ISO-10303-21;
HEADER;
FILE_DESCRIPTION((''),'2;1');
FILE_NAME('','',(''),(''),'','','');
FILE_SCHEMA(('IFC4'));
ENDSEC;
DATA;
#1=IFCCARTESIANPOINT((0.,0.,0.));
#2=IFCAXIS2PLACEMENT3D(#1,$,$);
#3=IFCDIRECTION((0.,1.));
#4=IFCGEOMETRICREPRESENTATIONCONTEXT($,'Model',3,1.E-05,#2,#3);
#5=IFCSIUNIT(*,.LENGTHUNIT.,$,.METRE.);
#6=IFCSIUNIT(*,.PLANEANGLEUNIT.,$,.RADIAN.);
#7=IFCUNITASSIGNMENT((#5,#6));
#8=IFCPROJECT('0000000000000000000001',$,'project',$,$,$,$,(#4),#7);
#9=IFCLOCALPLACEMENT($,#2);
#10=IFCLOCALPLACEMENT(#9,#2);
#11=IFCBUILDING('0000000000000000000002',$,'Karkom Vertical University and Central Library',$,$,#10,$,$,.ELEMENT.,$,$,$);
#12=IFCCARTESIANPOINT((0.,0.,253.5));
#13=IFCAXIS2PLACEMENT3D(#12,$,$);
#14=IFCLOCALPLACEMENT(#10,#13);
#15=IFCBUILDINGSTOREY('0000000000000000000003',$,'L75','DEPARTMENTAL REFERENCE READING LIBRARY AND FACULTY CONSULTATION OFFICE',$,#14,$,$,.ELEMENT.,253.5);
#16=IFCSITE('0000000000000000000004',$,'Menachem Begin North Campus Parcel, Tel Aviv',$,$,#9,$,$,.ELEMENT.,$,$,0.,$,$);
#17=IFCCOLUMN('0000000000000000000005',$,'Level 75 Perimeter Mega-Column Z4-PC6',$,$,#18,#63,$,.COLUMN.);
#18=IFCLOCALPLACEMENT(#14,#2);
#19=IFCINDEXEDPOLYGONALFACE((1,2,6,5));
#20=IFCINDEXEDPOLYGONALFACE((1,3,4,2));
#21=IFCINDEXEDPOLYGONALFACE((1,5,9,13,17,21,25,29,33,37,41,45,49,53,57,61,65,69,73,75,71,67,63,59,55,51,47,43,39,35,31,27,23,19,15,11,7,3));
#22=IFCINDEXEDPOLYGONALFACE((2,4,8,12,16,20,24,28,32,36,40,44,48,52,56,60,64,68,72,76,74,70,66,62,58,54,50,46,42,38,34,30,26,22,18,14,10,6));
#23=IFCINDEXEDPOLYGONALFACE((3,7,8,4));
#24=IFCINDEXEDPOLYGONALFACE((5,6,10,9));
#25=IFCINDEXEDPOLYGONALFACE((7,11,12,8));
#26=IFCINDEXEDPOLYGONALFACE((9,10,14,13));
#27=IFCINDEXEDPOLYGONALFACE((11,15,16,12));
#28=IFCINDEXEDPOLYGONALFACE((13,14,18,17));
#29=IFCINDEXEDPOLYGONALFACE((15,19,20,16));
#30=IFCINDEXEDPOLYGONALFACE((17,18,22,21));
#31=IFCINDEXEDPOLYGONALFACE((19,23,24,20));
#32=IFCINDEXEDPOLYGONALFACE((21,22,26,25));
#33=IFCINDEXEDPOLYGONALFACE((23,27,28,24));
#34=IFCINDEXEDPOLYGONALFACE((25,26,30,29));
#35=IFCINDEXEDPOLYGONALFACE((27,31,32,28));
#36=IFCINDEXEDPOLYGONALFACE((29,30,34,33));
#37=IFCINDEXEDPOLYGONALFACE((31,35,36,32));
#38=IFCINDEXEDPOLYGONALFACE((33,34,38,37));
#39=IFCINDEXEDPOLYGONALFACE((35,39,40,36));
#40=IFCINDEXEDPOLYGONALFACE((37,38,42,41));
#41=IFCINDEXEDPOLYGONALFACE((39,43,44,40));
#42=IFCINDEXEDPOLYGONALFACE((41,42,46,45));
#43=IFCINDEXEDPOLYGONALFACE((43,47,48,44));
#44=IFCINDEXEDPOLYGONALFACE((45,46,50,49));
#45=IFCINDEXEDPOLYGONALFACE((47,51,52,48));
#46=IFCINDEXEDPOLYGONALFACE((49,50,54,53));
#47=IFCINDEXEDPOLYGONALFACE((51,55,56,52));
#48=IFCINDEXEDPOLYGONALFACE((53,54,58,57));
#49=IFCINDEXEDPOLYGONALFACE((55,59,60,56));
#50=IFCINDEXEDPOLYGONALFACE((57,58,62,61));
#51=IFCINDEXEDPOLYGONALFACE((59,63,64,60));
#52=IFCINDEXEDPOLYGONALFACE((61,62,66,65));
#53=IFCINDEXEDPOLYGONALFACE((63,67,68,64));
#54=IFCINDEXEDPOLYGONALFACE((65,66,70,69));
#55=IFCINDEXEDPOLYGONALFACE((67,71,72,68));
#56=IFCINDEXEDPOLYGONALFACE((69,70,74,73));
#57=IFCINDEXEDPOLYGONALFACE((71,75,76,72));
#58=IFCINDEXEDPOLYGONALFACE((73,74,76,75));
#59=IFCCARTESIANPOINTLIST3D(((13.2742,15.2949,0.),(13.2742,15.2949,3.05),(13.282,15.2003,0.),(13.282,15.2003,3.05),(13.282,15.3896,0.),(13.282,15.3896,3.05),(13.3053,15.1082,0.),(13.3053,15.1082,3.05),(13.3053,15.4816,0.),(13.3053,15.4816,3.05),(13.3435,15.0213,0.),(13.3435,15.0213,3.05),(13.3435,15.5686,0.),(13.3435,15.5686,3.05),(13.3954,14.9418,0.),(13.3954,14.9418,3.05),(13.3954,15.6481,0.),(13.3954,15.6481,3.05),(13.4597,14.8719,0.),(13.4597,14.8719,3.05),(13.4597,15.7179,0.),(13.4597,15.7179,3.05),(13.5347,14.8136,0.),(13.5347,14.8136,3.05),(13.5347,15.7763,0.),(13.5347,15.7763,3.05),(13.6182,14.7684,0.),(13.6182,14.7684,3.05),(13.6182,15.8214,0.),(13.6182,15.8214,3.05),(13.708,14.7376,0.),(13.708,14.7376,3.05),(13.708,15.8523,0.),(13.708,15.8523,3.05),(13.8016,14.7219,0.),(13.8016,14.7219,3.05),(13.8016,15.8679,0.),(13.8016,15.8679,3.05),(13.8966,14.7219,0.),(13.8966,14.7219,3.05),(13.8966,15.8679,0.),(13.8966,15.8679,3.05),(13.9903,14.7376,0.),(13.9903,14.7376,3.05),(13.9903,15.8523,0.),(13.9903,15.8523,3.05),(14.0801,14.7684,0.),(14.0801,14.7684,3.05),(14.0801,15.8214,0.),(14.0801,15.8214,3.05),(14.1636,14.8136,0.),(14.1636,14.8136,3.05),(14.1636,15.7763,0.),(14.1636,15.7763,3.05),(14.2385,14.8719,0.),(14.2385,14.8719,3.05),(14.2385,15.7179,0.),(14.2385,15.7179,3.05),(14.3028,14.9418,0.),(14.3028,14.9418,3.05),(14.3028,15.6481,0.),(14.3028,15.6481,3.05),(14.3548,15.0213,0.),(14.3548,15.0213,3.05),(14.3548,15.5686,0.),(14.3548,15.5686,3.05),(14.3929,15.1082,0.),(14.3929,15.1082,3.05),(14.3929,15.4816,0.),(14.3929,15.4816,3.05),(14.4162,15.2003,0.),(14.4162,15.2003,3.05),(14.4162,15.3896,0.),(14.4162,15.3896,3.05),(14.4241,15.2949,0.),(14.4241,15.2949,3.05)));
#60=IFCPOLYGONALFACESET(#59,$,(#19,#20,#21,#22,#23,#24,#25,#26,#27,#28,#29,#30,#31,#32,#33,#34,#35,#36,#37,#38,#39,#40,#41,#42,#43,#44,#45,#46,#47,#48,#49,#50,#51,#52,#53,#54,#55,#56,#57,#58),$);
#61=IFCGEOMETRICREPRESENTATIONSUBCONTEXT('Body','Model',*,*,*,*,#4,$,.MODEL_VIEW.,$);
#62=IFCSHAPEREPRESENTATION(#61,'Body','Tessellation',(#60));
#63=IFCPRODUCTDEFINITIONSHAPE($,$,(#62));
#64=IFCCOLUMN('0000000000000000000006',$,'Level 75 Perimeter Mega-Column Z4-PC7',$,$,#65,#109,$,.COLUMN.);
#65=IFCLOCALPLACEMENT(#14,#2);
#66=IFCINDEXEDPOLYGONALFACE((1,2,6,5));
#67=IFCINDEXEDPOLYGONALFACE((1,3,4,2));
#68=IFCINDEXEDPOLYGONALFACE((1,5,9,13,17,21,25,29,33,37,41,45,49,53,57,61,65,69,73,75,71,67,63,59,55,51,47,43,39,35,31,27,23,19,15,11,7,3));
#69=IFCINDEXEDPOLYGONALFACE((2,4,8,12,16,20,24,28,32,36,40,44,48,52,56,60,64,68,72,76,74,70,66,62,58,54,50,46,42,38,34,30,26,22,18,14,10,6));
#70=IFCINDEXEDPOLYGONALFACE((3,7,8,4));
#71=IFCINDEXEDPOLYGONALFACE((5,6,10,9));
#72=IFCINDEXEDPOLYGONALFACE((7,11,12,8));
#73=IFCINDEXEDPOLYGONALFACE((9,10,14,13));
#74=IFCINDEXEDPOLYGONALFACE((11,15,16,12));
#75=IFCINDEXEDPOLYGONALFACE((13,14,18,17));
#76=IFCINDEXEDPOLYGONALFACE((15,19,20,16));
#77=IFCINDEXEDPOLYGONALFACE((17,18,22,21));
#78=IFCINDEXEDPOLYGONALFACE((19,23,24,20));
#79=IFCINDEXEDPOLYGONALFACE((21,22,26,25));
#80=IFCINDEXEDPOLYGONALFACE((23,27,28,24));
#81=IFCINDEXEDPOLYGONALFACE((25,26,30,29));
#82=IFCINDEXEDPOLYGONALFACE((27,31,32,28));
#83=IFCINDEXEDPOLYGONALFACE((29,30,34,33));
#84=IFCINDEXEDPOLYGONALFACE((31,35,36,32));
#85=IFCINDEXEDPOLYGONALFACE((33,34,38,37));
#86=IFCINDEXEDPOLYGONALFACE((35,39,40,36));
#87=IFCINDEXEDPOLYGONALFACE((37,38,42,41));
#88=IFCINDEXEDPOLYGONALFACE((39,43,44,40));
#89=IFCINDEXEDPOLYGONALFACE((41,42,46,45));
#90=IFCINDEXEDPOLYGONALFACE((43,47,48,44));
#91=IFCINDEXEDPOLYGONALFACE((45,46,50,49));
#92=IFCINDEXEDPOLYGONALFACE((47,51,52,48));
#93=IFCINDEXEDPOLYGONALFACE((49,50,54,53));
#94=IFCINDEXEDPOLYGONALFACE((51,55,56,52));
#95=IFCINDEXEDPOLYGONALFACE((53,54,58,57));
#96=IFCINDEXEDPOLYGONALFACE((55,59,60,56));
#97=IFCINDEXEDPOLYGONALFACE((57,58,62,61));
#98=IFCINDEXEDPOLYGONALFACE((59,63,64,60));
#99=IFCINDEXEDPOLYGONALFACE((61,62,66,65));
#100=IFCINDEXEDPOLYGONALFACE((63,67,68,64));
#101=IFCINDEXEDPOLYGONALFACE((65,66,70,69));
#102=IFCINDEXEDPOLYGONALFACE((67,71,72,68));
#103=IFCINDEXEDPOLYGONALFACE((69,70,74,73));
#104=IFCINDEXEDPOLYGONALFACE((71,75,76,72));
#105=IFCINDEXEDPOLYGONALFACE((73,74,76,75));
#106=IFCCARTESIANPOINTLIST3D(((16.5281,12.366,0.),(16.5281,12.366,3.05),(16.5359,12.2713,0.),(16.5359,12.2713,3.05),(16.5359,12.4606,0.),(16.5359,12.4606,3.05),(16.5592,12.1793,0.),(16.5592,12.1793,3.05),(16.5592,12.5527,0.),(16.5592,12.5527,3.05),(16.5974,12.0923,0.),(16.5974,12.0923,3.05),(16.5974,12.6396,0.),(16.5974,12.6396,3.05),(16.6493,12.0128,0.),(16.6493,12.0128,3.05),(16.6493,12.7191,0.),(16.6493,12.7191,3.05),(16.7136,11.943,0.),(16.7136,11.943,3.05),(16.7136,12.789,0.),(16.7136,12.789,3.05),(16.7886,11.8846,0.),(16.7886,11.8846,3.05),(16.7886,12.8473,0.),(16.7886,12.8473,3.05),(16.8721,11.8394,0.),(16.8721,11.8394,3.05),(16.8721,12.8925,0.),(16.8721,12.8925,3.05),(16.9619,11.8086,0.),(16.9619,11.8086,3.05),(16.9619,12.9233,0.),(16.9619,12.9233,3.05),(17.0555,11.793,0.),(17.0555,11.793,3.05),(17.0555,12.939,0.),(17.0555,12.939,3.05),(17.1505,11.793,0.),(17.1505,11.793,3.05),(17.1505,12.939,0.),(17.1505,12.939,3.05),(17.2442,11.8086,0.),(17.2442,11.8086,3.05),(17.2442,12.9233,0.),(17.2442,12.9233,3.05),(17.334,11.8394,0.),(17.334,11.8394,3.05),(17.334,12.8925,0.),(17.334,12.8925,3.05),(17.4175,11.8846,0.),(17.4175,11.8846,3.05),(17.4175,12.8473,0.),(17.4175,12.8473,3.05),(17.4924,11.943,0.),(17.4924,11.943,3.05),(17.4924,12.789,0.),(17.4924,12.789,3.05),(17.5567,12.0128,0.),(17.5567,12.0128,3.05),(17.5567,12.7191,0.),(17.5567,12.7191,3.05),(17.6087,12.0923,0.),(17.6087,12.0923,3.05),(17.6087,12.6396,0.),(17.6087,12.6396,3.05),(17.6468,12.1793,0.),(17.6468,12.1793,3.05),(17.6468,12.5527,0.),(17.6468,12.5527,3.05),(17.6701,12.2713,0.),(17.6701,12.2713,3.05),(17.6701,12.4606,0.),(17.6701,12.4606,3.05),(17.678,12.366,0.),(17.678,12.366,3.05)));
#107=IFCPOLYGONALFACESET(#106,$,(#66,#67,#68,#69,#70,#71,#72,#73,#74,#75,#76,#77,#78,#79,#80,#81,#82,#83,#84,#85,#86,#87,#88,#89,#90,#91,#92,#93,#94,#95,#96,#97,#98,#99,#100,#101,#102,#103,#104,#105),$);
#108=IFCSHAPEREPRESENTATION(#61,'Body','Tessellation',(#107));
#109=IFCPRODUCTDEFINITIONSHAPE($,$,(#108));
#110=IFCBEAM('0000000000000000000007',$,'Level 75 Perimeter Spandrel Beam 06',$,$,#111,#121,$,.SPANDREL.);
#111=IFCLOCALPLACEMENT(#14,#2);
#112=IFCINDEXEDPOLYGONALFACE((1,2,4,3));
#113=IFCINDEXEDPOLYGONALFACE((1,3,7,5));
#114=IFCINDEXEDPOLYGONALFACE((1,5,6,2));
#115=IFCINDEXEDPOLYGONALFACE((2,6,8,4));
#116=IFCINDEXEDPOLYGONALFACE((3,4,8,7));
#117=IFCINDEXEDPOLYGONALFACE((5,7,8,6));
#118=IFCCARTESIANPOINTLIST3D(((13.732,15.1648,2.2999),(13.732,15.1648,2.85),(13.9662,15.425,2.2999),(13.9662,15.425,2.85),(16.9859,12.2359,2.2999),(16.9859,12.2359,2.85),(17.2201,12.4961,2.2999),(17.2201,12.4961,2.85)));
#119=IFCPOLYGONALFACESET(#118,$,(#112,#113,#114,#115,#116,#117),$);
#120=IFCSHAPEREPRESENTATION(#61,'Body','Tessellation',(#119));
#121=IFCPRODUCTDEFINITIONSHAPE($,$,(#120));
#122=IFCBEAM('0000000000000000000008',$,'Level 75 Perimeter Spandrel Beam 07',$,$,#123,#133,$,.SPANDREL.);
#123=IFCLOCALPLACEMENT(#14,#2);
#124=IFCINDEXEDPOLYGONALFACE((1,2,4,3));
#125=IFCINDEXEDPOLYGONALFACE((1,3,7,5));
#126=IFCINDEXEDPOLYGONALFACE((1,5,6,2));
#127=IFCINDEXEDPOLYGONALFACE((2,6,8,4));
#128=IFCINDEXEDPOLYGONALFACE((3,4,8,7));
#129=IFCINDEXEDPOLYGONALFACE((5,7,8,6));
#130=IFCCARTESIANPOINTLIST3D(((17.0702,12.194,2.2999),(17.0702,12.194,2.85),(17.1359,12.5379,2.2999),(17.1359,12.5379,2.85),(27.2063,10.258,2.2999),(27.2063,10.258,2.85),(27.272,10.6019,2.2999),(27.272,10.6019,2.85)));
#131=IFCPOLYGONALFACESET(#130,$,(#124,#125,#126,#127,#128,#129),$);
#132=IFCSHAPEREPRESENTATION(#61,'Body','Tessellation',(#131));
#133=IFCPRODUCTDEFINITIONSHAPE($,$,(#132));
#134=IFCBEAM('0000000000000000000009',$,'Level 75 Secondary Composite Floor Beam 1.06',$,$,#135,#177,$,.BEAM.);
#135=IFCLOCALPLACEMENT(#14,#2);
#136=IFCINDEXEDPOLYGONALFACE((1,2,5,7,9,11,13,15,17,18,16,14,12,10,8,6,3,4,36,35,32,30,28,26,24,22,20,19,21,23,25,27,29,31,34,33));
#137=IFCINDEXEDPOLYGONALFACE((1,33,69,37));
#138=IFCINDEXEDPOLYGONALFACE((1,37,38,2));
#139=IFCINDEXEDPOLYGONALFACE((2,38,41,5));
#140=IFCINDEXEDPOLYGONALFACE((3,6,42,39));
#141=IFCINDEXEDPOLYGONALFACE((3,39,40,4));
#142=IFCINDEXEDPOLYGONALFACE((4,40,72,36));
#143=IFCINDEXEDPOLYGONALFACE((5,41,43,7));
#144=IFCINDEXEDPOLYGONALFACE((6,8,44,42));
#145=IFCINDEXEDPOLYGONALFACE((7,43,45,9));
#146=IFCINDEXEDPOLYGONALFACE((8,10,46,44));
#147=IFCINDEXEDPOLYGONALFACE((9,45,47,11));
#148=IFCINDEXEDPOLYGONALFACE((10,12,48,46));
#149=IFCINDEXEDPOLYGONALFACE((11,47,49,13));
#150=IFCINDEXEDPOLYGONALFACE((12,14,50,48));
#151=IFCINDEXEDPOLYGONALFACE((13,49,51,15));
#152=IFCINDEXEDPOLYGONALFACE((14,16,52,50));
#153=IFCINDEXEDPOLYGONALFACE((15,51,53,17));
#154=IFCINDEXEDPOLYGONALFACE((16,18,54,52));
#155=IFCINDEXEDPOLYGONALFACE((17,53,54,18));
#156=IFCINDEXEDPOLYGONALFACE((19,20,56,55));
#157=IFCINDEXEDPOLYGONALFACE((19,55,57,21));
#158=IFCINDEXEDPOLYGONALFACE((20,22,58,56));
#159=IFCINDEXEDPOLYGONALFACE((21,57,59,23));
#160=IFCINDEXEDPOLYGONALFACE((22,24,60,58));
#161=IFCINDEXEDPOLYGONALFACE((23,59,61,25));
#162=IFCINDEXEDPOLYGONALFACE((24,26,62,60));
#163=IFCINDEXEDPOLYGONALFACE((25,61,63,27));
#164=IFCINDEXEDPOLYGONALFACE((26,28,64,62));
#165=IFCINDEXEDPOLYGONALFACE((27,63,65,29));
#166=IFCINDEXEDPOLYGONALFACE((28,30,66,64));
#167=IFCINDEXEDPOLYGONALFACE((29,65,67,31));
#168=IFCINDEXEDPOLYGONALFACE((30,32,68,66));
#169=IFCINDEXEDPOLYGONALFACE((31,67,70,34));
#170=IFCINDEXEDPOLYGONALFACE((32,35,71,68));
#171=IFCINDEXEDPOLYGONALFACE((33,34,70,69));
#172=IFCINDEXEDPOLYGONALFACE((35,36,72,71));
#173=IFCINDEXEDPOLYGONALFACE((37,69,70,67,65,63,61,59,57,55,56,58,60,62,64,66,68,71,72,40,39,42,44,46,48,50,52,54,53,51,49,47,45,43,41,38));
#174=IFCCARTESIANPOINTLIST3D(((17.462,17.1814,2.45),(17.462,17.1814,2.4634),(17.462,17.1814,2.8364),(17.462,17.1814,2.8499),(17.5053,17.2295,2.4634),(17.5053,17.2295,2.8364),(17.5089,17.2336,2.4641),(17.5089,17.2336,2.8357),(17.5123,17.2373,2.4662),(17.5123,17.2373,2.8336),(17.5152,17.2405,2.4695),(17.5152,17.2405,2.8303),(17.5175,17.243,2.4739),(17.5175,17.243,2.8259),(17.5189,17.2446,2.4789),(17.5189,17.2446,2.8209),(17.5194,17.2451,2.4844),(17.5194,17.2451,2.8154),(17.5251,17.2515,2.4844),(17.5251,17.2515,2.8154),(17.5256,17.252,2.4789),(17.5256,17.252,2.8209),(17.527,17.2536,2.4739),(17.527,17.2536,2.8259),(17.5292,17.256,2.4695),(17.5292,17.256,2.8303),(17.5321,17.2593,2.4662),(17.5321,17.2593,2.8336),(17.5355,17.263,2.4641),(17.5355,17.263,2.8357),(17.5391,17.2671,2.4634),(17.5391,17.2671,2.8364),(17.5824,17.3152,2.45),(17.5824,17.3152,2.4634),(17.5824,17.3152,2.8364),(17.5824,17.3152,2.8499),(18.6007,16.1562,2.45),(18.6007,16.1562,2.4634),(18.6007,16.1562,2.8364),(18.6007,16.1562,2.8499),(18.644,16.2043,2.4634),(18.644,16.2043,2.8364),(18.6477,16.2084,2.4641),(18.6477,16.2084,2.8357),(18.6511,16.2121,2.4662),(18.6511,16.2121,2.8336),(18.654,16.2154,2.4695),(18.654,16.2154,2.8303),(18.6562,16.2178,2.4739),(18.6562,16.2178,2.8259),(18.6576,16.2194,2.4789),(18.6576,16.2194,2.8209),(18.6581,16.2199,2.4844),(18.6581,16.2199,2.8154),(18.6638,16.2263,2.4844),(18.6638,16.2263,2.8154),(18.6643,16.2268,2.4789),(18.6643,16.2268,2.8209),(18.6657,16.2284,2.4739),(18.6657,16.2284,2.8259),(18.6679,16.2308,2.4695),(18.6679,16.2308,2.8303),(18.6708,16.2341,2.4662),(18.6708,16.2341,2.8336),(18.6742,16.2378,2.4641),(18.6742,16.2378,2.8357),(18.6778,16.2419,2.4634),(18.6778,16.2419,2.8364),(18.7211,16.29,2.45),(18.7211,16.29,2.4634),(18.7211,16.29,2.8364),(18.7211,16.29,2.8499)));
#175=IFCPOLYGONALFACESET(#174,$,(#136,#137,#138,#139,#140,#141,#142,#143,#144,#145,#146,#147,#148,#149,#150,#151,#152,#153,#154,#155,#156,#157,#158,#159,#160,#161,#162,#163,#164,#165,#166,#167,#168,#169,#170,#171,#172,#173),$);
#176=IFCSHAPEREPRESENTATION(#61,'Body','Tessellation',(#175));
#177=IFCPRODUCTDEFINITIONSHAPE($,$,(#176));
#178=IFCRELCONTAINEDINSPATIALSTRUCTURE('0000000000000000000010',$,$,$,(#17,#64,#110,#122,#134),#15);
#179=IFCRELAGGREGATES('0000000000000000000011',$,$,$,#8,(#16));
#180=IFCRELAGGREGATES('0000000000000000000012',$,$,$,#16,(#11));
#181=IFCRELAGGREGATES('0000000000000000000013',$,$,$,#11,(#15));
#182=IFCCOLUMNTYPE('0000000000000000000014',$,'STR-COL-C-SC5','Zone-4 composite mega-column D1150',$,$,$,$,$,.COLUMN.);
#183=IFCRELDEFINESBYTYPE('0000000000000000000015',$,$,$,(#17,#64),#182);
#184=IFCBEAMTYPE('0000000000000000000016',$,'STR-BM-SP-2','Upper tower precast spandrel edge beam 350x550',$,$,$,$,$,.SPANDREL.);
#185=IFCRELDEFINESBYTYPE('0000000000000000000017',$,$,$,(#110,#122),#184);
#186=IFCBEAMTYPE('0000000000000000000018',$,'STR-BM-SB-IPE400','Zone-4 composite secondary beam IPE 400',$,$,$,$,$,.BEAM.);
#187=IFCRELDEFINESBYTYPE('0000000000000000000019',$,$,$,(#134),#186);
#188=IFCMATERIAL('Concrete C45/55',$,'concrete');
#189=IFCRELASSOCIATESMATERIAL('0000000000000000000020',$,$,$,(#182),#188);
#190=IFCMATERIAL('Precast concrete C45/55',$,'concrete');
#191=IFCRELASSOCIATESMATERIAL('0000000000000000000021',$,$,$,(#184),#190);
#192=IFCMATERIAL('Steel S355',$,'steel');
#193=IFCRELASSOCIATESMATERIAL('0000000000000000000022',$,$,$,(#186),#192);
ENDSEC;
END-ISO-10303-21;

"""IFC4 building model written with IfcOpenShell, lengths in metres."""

from ifc_helpers import new_model, si_unit, direction, frame, origin, origin_with_axes, origin_2d, place, context, subcontext, project, spatial, rectangle, circle, i_section, extrude, source, transform, mapped, material, material_profile, profile_set, type_object, element, save


model = new_model("IFC4")

# Units and contexts
model_context = context("Model", 3, precision=1e-05, world=origin(), true_north=direction((0.0, 1.0)))
body_context = subcontext(model_context, "Body", "Model", "MODEL_VIEW")
ifc_project = project(units=[si_unit("LENGTHUNIT", "METRE"), si_unit("PLANEANGLEUNIT", "RADIAN")], contexts=[model_context])

# Site, building, storey
site_placement = place(None, origin())
site = spatial("IfcSite", under=ifc_project, at=site_placement, Name="Menachem Begin North Campus Parcel, Tel Aviv", CompositionType="ELEMENT", RefElevation=0.0)
building_placement = place(site_placement, origin())
building = spatial("IfcBuilding", under=site, at=building_placement, Name="Karkom Vertical University and Central Library", CompositionType="ELEMENT")
storey_placement = place(building_placement, frame((0.0, 0.0, 253.5)))
storey = spatial("IfcBuildingStorey", under=building, at=storey_placement, Name="L75", Description="DEPARTMENTAL REFERENCE READING LIBRARY AND FACULTY CONSULTATION OFFICE", CompositionType="ELEMENT", Elevation=253.5)

# Columns
ifc_material_1 = material(Name="Concrete C45/55", Category="concrete")
ifc_material_profile_1 = material_profile(ifc_material_1, circle(Radius=0.575, at=origin_2d()), Name="CFT-D1150")
ifc_profile_set_1 = profile_set([ifc_material_profile_1], Name="Concrete C45/55")
column_type = type_object("IfcColumnType", Name="STR-COL-C-SC5", Description="Zone-4 composite mega-column D1150", PredefinedType="COLUMN", material=ifc_profile_set_1)
shared_shape_1 = source(origin_with_axes(), body_context, "Body", "SweptSolid", [
    extrude(circle(Radius=0.575, at=origin_2d()), origin(), (0.0, 0.0, 1.0), 3.05),
])
for number, where, z_axis, x_axis, name in (
    (1, (13.8491, 15.2949, 0.0), (0.0, 0.0, 1.0), (1.0, 0.0, 0.0), "Level 75 Perimeter Mega-Column Z4-PC6"),
    (2, (17.103, 12.366, 0.0), (0.0, 0.0, 1.0), (1.0, 0.0, 0.0), "Level 75 Perimeter Mega-Column Z4-PC7"),
):
    element("IfcColumn", number, at=place(storey_placement, frame(where, z_axis=z_axis, x_axis=x_axis)), inside=storey, type_object=column_type, Name=name, PredefinedType="COLUMN", context=body_context, shape_type="MappedRepresentation", body=[
        mapped(shared_shape_1, transform((0.0, 0.0, 0.0), scale=1.0)),
    ])

# Beams
ifc_material_2 = material(Name="Precast concrete C45/55", Category="concrete")
ifc_material_profile_2 = material_profile(ifc_material_2, rectangle(XDim=0.3501, YDim=0.55, at=origin_2d()), Name="SPB-350x550")
ifc_profile_set_2 = profile_set([ifc_material_profile_2], Name="Precast concrete C45/55")
beam_type_1 = type_object("IfcBeamType", Name="STR-BM-SP-2", Description="Upper tower precast spandrel edge beam 350x550", PredefinedType="SPANDREL", material=ifc_profile_set_2)
shared_shape_2 = source(origin_with_axes(), body_context, "Body", "SweptSolid", [
    extrude(rectangle(XDim=0.3501, YDim=0.55, at=origin_2d()), origin(), (0.0, 0.0, 1.0), 4.3779),
])
beam_1_placement = place(storey_placement, frame((13.8491, 15.2949, 2.575), z_axis=(0.743244, -0.66902, 0.0), x_axis=(0.66902, 0.743244, 0.0)))
element("IfcBeam", 3, at=beam_1_placement, inside=storey, type_object=beam_type_1, Name="Level 75 Perimeter Spandrel Beam 06", PredefinedType="SPANDREL", context=body_context, shape_type="MappedRepresentation", body=[
    mapped(shared_shape_2, transform((0.0, 0.0, 0.0), scale=1.0)),
])
shared_shape_3 = source(origin_with_axes(), body_context, "Body", "SweptSolid", [
    extrude(rectangle(XDim=0.3501, YDim=0.55, at=origin_2d()), origin(), (0.0, 0.0, 1.0), 10.3193),
])
beam_2_placement = place(storey_placement, frame((17.103, 12.366, 2.575), z_axis=(0.982243, -0.187614, 0.0), x_axis=(0.187614, 0.982243, 0.0)))
element("IfcBeam", 4, at=beam_2_placement, inside=storey, type_object=beam_type_1, Name="Level 75 Perimeter Spandrel Beam 07", PredefinedType="SPANDREL", context=body_context, shape_type="MappedRepresentation", body=[
    mapped(shared_shape_3, transform((0.0, 0.0, 0.0), scale=1.0)),
])
ifc_material_3 = material(Name="Steel S355", Category="steel")
ifc_material_profile_3 = material_profile(ifc_material_3, i_section(OverallWidth=0.1799, OverallDepth=0.3999, WebThickness=0.0085, FlangeThickness=0.0134, FilletRadius=0.021, at=origin_2d()), Name="IPE 400")
ifc_profile_set_3 = profile_set([ifc_material_profile_3], Name="Steel S355")
beam_type_2 = type_object("IfcBeamType", Name="STR-BM-SB-IPE400", Description="Zone-4 composite secondary beam IPE 400", PredefinedType="BEAM", material=ifc_profile_set_3)
shared_shape_4 = source(origin_with_axes(), body_context, "Body", "SweptSolid", [
    extrude(i_section(OverallWidth=0.1799, OverallDepth=0.3999, WebThickness=0.0085, FlangeThickness=0.0134, FilletRadius=0.021, at=origin_2d()), origin(), (0.0, 0.0, 1.0), 1.5322),
])
beam_3_placement = place(storey_placement, frame((17.5222, 17.2483, 2.6499), z_axis=(0.743183, -0.669088, 0.0), x_axis=(0.669088, 0.743183, 0.0)))
element("IfcBeam", 5, at=beam_3_placement, inside=storey, type_object=beam_type_2, Name="Level 75 Secondary Composite Floor Beam 1.06", PredefinedType="BEAM", context=body_context, shape_type="MappedRepresentation", body=[
    mapped(shared_shape_4, transform((0.0, 0.0, 0.0), scale=1.0)),
])

save(model, "model.ifc")
